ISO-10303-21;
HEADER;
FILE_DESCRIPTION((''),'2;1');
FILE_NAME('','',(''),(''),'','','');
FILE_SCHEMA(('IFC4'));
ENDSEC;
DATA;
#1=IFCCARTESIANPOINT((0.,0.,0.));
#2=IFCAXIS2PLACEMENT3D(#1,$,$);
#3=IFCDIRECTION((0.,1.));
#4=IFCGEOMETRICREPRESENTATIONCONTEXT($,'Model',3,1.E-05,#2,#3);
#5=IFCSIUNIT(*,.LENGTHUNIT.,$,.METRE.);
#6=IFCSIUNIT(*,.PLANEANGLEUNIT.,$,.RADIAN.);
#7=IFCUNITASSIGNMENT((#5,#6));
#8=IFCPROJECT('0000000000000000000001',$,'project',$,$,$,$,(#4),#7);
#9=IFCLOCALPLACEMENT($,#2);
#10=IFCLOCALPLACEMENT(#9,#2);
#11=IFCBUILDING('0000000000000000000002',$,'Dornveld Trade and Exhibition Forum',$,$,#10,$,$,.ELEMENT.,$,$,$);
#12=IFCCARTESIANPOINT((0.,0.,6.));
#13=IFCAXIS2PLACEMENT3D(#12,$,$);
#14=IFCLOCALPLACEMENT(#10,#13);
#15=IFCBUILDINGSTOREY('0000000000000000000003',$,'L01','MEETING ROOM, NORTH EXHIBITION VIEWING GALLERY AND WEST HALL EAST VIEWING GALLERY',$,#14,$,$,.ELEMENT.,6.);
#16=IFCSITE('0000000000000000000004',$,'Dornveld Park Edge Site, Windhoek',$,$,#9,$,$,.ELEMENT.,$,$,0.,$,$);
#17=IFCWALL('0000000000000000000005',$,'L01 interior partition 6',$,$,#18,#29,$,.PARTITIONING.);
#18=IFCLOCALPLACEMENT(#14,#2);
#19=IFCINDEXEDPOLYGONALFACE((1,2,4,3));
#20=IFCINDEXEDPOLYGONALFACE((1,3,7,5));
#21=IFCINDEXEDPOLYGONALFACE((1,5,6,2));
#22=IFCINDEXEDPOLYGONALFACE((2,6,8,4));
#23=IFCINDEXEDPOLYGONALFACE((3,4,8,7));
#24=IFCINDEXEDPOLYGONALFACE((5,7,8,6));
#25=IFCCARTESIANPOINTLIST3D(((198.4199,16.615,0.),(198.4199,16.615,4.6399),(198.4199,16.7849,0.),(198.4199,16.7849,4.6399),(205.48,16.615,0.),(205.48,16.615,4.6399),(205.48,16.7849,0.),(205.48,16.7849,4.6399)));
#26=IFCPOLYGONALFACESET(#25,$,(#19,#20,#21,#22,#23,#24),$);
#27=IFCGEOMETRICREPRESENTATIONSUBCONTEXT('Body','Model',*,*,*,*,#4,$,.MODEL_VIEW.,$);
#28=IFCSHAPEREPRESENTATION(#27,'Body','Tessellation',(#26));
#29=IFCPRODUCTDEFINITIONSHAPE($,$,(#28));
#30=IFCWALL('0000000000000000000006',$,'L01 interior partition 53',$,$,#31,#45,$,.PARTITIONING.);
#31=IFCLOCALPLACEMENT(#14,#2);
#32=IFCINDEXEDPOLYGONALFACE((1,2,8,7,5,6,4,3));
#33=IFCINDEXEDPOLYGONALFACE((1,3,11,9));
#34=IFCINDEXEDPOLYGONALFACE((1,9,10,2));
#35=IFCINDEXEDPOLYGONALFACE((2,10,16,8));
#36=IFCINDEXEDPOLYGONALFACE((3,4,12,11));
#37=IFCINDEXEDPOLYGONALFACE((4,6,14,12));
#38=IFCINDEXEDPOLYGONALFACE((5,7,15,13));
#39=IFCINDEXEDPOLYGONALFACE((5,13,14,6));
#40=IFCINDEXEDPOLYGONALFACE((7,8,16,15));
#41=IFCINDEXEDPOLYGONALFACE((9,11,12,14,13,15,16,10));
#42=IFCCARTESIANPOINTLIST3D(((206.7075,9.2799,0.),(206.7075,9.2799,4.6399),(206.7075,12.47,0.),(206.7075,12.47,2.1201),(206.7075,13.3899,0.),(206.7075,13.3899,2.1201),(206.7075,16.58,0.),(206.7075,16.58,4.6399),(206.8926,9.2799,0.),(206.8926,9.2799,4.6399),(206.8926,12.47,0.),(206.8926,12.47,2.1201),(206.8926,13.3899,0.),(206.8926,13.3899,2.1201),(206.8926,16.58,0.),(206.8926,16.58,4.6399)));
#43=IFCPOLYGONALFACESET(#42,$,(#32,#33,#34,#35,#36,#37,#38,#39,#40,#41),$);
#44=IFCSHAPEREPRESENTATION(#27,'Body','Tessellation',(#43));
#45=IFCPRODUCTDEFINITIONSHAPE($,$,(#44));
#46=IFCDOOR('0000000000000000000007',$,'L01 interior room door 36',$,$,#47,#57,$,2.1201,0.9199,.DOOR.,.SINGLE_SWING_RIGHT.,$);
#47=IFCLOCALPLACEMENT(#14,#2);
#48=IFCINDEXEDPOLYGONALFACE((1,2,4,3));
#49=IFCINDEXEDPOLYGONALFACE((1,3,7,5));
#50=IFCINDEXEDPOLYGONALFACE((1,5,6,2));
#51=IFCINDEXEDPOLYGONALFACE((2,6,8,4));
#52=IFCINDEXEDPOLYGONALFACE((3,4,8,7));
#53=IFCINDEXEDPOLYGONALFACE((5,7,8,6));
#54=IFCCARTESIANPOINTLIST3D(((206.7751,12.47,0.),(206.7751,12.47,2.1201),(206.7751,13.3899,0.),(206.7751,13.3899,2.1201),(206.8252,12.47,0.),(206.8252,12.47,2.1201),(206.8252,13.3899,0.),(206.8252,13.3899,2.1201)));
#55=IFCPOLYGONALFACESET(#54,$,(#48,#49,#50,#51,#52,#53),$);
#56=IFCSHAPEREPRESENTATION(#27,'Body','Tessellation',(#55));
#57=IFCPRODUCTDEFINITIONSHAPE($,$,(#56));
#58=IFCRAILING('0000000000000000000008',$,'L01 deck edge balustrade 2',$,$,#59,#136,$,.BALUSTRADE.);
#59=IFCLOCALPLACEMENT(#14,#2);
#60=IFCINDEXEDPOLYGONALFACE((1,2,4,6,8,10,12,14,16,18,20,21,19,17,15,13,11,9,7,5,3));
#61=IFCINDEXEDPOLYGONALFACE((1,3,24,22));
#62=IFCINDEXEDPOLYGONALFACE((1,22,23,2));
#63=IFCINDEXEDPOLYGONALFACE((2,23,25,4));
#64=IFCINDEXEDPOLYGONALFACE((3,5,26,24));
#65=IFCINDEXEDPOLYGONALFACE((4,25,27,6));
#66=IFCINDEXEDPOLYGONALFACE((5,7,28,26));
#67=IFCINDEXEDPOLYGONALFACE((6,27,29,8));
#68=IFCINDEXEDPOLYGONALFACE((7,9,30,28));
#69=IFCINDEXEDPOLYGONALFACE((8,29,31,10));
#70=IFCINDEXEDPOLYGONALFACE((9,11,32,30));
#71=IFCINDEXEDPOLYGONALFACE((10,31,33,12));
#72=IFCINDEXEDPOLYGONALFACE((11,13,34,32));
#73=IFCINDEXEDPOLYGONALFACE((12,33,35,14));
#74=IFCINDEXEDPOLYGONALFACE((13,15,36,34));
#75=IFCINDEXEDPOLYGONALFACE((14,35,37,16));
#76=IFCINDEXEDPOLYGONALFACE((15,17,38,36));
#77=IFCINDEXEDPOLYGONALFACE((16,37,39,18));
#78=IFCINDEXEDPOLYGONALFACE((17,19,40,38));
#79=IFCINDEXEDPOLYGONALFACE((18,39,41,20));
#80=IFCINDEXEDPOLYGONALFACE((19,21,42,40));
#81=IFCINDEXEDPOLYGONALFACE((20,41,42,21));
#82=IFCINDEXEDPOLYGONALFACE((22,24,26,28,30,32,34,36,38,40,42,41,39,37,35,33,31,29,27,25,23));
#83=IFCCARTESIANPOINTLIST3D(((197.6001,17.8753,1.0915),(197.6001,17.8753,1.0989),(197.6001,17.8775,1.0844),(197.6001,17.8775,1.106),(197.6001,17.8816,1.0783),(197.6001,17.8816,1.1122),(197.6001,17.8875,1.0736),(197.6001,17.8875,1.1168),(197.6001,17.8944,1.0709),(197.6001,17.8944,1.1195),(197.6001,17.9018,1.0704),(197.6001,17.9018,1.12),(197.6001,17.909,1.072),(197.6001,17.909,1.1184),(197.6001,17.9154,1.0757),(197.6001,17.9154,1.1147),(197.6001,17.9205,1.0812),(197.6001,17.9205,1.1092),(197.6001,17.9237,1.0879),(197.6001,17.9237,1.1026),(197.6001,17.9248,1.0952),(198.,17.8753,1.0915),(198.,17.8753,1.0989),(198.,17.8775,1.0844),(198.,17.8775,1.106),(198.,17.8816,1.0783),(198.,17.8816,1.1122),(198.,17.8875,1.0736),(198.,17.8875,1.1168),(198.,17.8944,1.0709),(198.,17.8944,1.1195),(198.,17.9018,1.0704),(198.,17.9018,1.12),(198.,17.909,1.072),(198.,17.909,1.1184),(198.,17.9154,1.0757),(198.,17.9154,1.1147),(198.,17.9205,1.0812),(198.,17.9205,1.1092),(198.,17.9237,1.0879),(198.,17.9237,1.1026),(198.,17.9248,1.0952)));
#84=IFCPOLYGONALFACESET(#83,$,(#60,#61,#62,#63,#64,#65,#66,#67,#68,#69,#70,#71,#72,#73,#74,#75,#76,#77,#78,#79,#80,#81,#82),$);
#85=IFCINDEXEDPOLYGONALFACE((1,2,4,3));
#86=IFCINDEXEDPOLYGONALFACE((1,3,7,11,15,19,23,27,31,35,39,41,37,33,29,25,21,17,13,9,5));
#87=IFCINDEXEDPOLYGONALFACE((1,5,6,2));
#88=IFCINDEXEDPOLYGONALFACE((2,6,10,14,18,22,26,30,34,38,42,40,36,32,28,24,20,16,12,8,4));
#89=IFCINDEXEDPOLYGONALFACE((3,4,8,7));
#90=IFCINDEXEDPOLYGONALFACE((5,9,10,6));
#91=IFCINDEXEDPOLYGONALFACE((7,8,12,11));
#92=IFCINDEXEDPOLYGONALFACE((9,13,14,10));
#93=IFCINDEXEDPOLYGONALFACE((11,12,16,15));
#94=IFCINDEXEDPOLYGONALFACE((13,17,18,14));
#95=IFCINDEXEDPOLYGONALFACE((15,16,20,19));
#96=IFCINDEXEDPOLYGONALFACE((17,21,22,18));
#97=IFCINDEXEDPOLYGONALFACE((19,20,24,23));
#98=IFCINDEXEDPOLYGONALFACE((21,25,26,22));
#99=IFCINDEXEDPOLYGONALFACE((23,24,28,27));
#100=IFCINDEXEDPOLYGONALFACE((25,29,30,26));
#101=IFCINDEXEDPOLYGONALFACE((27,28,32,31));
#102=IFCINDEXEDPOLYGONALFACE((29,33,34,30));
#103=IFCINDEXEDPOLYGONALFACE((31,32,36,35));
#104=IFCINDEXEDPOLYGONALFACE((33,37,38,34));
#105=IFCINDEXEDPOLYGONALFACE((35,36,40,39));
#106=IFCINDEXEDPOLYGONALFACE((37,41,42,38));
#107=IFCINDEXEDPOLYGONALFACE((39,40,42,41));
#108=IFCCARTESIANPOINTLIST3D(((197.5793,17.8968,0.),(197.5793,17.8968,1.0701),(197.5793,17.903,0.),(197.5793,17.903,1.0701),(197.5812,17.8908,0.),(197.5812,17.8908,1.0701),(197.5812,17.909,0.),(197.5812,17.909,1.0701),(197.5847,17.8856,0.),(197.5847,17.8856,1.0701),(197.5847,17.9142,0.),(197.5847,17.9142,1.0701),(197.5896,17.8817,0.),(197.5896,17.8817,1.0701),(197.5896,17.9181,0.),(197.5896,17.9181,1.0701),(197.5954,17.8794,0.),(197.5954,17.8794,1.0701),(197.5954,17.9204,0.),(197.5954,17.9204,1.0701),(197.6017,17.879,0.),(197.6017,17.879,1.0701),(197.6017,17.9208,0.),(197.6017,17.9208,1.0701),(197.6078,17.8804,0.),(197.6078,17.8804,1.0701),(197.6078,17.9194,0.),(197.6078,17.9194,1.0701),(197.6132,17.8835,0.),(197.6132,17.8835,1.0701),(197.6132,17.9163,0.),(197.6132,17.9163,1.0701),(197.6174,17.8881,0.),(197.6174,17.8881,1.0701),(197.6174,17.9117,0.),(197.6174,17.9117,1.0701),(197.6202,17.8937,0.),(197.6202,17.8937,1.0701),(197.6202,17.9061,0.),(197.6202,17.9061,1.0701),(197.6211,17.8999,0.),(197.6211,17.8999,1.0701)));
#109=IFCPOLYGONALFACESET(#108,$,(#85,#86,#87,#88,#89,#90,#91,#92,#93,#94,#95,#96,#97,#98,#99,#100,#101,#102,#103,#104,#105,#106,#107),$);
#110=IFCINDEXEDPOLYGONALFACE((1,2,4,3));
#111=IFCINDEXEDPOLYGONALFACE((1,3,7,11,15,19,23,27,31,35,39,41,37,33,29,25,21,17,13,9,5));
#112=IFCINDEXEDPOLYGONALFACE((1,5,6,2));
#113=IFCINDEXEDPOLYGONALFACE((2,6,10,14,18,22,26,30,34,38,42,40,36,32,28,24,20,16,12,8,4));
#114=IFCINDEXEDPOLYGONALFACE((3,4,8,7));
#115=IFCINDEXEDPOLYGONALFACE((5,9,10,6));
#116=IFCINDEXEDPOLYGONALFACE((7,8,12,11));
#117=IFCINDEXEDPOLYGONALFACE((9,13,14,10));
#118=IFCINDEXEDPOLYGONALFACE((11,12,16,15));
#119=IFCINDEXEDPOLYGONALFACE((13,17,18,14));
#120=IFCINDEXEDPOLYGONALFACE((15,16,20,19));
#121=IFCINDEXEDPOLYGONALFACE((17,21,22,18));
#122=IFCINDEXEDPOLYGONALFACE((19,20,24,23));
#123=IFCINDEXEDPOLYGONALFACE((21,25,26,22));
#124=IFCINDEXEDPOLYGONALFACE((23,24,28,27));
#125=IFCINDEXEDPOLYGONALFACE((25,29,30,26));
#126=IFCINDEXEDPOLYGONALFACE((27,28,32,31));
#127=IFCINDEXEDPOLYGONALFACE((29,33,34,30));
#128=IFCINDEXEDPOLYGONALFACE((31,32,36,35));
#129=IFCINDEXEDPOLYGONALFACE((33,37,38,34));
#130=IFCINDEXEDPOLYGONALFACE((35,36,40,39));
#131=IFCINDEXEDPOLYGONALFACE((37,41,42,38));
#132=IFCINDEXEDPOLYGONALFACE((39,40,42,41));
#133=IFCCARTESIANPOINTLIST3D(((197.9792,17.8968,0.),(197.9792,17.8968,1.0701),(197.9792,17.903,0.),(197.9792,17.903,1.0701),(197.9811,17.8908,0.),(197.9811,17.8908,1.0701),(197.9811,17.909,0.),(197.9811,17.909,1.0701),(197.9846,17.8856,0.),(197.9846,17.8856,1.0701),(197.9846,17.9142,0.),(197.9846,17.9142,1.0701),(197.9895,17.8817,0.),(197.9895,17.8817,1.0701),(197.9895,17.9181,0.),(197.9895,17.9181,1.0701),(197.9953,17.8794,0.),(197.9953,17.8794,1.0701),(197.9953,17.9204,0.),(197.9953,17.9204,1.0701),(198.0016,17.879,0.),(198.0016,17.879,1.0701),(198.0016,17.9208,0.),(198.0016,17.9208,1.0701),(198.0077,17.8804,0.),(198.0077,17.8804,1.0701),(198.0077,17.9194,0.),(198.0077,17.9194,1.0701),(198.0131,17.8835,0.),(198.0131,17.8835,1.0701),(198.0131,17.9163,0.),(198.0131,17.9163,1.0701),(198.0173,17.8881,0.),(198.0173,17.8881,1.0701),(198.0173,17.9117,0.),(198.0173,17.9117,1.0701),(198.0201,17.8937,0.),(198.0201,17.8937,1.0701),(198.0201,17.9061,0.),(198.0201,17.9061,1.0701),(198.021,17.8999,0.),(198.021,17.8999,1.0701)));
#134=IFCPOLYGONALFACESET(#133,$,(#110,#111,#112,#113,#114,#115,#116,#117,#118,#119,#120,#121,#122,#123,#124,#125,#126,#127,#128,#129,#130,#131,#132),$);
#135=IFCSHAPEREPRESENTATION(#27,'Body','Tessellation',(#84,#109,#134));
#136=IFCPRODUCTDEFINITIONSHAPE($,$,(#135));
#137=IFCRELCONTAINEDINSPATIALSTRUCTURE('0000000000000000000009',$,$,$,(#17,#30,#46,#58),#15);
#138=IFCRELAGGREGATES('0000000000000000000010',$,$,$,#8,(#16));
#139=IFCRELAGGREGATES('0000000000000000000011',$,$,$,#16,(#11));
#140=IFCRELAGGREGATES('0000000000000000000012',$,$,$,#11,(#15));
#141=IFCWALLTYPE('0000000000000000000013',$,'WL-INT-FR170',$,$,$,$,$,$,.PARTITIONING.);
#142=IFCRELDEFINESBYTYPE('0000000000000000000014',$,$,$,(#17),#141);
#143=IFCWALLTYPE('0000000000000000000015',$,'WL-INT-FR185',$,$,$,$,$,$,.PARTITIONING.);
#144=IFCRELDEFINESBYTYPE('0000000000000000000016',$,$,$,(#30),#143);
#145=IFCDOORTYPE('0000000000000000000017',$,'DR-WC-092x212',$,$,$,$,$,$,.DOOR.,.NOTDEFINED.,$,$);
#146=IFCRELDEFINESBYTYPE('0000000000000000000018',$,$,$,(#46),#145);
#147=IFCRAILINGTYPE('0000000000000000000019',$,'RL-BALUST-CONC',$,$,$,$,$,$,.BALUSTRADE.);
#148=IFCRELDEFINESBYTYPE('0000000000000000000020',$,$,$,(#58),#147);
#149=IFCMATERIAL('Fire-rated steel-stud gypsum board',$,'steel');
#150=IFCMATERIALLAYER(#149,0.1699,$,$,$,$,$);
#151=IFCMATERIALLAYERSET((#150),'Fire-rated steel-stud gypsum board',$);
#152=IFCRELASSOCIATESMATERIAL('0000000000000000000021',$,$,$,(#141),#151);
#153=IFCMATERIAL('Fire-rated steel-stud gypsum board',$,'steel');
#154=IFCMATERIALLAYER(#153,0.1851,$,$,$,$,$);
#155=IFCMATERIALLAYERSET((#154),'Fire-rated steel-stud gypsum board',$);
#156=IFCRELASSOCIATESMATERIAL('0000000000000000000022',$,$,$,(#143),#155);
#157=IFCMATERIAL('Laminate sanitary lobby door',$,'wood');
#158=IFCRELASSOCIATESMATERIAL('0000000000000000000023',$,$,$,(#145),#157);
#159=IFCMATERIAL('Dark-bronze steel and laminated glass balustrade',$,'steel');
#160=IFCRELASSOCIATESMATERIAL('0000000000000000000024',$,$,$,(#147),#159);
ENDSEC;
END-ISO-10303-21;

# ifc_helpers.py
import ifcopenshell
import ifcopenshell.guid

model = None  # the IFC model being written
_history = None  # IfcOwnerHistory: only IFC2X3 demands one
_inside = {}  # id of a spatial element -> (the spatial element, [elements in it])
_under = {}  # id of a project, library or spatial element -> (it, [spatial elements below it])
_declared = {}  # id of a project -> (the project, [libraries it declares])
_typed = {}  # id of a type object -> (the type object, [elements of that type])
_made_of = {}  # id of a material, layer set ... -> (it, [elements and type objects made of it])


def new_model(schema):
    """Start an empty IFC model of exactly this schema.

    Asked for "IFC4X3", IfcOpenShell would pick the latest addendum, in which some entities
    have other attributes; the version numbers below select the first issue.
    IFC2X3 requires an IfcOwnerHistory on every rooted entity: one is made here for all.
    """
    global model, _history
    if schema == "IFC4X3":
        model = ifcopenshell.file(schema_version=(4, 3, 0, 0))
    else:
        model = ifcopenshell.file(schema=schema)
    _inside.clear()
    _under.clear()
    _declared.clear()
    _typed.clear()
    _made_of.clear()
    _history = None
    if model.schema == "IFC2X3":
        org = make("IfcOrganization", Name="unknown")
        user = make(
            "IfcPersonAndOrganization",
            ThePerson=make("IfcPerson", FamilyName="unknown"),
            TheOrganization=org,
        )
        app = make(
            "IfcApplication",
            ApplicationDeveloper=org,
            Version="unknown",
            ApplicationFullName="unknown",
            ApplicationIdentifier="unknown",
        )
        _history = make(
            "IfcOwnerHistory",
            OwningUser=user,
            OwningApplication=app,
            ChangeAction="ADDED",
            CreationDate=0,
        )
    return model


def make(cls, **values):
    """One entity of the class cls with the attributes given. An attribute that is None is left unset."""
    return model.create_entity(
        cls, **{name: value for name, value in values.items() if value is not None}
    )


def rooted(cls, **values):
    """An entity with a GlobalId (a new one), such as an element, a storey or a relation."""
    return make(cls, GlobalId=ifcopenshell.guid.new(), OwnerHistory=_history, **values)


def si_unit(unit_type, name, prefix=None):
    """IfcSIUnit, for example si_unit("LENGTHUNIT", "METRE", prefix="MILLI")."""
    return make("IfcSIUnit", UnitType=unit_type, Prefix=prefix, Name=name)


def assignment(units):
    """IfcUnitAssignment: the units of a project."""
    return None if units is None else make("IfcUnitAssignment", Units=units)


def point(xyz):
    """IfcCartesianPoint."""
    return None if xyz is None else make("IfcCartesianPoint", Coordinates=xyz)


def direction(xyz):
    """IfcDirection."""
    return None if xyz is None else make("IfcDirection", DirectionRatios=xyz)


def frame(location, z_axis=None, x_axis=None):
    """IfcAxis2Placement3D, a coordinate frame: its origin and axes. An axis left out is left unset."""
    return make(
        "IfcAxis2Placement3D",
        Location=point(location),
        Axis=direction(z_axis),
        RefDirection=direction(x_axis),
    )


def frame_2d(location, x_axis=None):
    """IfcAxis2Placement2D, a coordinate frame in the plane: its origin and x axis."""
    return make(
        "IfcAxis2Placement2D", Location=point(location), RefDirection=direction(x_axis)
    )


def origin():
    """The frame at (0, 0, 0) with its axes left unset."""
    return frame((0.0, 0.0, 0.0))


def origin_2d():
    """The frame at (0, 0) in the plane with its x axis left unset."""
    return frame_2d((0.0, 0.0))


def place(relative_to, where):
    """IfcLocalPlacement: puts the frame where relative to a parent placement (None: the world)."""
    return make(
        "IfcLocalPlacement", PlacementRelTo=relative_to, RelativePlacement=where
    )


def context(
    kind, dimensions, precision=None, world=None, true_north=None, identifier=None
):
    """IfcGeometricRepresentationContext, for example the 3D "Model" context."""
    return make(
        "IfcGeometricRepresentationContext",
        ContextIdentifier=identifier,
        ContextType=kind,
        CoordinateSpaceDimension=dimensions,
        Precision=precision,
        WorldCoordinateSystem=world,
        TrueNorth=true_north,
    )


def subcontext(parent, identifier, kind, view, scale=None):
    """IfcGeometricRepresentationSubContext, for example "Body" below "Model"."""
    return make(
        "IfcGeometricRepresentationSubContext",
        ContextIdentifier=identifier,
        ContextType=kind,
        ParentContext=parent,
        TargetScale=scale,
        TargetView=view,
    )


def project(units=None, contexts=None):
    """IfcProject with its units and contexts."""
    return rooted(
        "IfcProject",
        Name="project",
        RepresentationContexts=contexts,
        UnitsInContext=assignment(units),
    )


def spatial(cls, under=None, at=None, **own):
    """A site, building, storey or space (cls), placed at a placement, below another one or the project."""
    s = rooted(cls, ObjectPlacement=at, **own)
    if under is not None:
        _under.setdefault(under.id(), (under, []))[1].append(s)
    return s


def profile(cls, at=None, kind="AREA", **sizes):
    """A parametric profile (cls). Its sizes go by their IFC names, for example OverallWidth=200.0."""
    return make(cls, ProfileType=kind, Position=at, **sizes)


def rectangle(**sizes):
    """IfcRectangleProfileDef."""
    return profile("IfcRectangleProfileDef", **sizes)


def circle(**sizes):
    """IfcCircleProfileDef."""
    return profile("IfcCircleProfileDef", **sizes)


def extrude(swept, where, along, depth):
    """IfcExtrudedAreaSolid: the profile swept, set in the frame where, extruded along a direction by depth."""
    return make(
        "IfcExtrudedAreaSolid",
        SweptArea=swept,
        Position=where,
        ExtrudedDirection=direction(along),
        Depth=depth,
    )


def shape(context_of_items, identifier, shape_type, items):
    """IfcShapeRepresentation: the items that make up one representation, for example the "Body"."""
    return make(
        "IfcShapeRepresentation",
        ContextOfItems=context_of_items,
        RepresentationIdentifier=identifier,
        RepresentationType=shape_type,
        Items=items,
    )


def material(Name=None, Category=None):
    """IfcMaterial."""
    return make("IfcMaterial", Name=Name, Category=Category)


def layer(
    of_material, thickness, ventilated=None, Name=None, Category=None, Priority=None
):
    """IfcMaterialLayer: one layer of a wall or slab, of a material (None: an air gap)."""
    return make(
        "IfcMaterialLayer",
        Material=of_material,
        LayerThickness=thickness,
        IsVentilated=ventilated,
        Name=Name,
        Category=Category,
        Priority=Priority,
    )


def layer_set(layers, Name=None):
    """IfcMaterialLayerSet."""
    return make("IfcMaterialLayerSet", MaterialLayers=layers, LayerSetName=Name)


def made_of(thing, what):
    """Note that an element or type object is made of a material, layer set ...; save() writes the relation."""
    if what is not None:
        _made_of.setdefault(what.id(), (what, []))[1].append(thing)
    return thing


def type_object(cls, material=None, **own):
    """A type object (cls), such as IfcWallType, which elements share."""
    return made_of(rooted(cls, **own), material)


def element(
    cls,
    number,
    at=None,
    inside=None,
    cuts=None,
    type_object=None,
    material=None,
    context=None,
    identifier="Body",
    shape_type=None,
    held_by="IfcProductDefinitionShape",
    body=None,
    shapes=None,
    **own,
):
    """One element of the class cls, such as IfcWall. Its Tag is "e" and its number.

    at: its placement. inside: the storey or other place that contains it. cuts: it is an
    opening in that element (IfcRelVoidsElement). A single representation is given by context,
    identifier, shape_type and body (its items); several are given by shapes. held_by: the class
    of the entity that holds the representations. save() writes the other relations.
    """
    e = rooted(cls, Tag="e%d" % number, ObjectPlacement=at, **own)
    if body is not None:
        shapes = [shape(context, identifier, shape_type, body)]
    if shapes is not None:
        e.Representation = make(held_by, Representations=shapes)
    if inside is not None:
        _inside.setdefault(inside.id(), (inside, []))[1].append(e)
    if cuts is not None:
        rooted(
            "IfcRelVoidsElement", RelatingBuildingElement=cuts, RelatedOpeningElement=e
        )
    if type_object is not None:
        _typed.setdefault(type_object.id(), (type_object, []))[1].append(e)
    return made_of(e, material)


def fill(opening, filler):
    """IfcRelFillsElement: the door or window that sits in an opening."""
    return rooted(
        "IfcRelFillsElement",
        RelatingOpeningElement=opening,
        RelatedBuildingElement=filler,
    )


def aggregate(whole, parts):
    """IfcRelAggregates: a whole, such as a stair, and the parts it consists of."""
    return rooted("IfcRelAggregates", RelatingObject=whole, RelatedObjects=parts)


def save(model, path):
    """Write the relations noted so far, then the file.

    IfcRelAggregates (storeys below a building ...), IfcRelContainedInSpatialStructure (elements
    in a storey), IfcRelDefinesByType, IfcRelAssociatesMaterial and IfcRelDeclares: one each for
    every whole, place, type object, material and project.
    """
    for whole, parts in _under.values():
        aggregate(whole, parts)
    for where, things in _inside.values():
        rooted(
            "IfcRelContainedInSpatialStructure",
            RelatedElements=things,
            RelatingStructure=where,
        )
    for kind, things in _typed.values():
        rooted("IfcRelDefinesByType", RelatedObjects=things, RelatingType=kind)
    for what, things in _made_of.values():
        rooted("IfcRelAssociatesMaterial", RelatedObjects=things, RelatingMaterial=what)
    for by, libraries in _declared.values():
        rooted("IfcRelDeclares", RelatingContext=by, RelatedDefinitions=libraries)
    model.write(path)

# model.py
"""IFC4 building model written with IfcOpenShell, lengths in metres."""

from ifc_helpers import new_model, si_unit, direction, frame, frame_2d, origin, origin_2d, place, context, subcontext, project, spatial, rectangle, circle, extrude, material, layer, layer_set, type_object, element, fill, save


model = new_model("IFC4")

# Units and contexts
model_context = context("Model", 3, precision=1e-05, world=origin(), true_north=direction((0.0, 1.0)))
body_context = subcontext(model_context, "Body", "Model", "MODEL_VIEW")
ifc_project = project(units=[si_unit("LENGTHUNIT", "METRE"), si_unit("PLANEANGLEUNIT", "RADIAN")], contexts=[model_context])

# Site, building, storey
site_placement = place(None, origin())
site = spatial("IfcSite", under=ifc_project, at=site_placement, Name="Dornveld Park Edge Site, Windhoek", CompositionType="ELEMENT", RefElevation=0.0)
building_placement = place(site_placement, origin())
building = spatial("IfcBuilding", under=site, at=building_placement, Name="Dornveld Trade and Exhibition Forum", CompositionType="ELEMENT")
storey_placement = place(building_placement, frame((0.0, 0.0, 6.0)))
storey = spatial("IfcBuildingStorey", under=building, at=storey_placement, Name="L01", Description="MEETING ROOM, NORTH EXHIBITION VIEWING GALLERY AND WEST HALL EAST VIEWING GALLERY", CompositionType="ELEMENT", Elevation=6.0)

# Wall
ifc_material_1 = material(Name="Fire-rated steel-stud gypsum board", Category="steel")
ifc_layer_1 = layer(ifc_material_1, 0.1699)
ifc_layer_set_1 = layer_set([ifc_layer_1], Name="Fire-rated steel-stud gypsum board")
wall_type_1 = type_object("IfcWallType", Name="WL-INT-FR170", PredefinedType="PARTITIONING", material=ifc_layer_set_1)
wall_1_placement = place(storey_placement, frame((198.4199, 16.7, 0.0), z_axis=(0.0, 0.0, 1.0), x_axis=(1.0, 0.0, 0.0)))
element("IfcWall", 1, at=wall_1_placement, inside=storey, type_object=wall_type_1, Name="L01 interior partition 6", PredefinedType="PARTITIONING", context=body_context, shape_type="SweptSolid", body=[
    extrude(rectangle(XDim=7.0601, YDim=0.1699, at=frame_2d((3.53, 0.0))), origin(), (0.0, 0.0, 1.0), 4.6399),
])

# Wall, opening, door
ifc_material_2 = material(Name="Fire-rated steel-stud gypsum board", Category="steel")
ifc_layer_2 = layer(ifc_material_2, 0.1851)
ifc_layer_set_2 = layer_set([ifc_layer_2], Name="Fire-rated steel-stud gypsum board")
wall_type_2 = type_object("IfcWallType", Name="WL-INT-FR185", PredefinedType="PARTITIONING", material=ifc_layer_set_2)
wall_2_placement = place(storey_placement, frame((206.8, 9.28, 0.0), z_axis=(0.0, 0.0, 1.0), x_axis=(0.0, 1.0, 0.0)))
wall_2 = element("IfcWall", 2, at=wall_2_placement, inside=storey, type_object=wall_type_2, Name="L01 interior partition 53", PredefinedType="PARTITIONING", context=body_context, shape_type="SweptSolid", body=[
    extrude(rectangle(XDim=7.3, YDim=0.1851, at=frame_2d((3.6499, 0.0))), origin(), (0.0, 0.0, 1.0), 4.6399),
])
opening_placement = place(wall_2_placement, frame((3.1899, 0.0, 0.0)))
opening = element("IfcOpeningElement", 3, at=opening_placement, cuts=wall_2, PredefinedType="OPENING", context=body_context, shape_type="SweptSolid", body=[
    extrude(rectangle(XDim=0.9199, YDim=2.1201, at=frame_2d((0.46, 1.0601))), frame((0.0, 0.1025, 0.0), z_axis=(0.0, -1.0, 0.0), x_axis=(1.0, 0.0, 0.0)), (0.0, 0.0, 1.0), 0.2051),
])
ifc_material_3 = material(Name="Laminate sanitary lobby door", Category="wood")
door_type = type_object("IfcDoorType", Name="DR-WC-092x212", OperationType="NOTDEFINED", PredefinedType="DOOR", material=ifc_material_3)
door_placement = place(opening_placement, origin())
door = element("IfcDoor", 4, at=door_placement, inside=storey, type_object=door_type, Name="L01 interior room door 36", OperationType="SINGLE_SWING_RIGHT", OverallHeight=2.1201, OverallWidth=0.9199, PredefinedType="DOOR", context=body_context, shape_type="SweptSolid", body=[
    extrude(rectangle(XDim=0.9199, YDim=2.1201, at=frame_2d((0.46, 1.0601))), frame((0.0, 0.0249, 0.0), z_axis=(0.0, -1.0, 0.0), x_axis=(1.0, 0.0, 0.0)), (0.0, 0.0, 1.0), 0.05),
])
fill(opening, door)

# Railing
ifc_material_4 = material(Name="Dark-bronze steel and laminated glass balustrade", Category="steel")
railing_type = type_object("IfcRailingType", Name="RL-BALUST-CONC", PredefinedType="BALUSTRADE", material=ifc_material_4)
railing_1_placement = place(storey_placement, frame((197.6001, 17.8999, 0.0)))
element("IfcRailing", 5, at=railing_1_placement, inside=storey, type_object=railing_type, Name="L01 deck edge balustrade 2", PredefinedType="BALUSTRADE", context=body_context, shape_type="SweptSolid", body=[
    extrude(circle(Radius=0.0249, at=origin_2d()), frame((0.0, 0.0, 1.0952), z_axis=(1.0, 0.0, 0.0), x_axis=(0.0, 1.0, 0.0)), (0.0, 0.0, 1.0), 0.3999),
    extrude(circle(Radius=0.021, at=origin_2d()), origin(), (0.0, 0.0, 1.0), 1.0701),
    extrude(circle(Radius=0.021, at=origin_2d()), frame((0.3999, 0.0, 0.0)), (0.0, 0.0, 1.0), 1.0701),
])

save(model, "model.ifc")
